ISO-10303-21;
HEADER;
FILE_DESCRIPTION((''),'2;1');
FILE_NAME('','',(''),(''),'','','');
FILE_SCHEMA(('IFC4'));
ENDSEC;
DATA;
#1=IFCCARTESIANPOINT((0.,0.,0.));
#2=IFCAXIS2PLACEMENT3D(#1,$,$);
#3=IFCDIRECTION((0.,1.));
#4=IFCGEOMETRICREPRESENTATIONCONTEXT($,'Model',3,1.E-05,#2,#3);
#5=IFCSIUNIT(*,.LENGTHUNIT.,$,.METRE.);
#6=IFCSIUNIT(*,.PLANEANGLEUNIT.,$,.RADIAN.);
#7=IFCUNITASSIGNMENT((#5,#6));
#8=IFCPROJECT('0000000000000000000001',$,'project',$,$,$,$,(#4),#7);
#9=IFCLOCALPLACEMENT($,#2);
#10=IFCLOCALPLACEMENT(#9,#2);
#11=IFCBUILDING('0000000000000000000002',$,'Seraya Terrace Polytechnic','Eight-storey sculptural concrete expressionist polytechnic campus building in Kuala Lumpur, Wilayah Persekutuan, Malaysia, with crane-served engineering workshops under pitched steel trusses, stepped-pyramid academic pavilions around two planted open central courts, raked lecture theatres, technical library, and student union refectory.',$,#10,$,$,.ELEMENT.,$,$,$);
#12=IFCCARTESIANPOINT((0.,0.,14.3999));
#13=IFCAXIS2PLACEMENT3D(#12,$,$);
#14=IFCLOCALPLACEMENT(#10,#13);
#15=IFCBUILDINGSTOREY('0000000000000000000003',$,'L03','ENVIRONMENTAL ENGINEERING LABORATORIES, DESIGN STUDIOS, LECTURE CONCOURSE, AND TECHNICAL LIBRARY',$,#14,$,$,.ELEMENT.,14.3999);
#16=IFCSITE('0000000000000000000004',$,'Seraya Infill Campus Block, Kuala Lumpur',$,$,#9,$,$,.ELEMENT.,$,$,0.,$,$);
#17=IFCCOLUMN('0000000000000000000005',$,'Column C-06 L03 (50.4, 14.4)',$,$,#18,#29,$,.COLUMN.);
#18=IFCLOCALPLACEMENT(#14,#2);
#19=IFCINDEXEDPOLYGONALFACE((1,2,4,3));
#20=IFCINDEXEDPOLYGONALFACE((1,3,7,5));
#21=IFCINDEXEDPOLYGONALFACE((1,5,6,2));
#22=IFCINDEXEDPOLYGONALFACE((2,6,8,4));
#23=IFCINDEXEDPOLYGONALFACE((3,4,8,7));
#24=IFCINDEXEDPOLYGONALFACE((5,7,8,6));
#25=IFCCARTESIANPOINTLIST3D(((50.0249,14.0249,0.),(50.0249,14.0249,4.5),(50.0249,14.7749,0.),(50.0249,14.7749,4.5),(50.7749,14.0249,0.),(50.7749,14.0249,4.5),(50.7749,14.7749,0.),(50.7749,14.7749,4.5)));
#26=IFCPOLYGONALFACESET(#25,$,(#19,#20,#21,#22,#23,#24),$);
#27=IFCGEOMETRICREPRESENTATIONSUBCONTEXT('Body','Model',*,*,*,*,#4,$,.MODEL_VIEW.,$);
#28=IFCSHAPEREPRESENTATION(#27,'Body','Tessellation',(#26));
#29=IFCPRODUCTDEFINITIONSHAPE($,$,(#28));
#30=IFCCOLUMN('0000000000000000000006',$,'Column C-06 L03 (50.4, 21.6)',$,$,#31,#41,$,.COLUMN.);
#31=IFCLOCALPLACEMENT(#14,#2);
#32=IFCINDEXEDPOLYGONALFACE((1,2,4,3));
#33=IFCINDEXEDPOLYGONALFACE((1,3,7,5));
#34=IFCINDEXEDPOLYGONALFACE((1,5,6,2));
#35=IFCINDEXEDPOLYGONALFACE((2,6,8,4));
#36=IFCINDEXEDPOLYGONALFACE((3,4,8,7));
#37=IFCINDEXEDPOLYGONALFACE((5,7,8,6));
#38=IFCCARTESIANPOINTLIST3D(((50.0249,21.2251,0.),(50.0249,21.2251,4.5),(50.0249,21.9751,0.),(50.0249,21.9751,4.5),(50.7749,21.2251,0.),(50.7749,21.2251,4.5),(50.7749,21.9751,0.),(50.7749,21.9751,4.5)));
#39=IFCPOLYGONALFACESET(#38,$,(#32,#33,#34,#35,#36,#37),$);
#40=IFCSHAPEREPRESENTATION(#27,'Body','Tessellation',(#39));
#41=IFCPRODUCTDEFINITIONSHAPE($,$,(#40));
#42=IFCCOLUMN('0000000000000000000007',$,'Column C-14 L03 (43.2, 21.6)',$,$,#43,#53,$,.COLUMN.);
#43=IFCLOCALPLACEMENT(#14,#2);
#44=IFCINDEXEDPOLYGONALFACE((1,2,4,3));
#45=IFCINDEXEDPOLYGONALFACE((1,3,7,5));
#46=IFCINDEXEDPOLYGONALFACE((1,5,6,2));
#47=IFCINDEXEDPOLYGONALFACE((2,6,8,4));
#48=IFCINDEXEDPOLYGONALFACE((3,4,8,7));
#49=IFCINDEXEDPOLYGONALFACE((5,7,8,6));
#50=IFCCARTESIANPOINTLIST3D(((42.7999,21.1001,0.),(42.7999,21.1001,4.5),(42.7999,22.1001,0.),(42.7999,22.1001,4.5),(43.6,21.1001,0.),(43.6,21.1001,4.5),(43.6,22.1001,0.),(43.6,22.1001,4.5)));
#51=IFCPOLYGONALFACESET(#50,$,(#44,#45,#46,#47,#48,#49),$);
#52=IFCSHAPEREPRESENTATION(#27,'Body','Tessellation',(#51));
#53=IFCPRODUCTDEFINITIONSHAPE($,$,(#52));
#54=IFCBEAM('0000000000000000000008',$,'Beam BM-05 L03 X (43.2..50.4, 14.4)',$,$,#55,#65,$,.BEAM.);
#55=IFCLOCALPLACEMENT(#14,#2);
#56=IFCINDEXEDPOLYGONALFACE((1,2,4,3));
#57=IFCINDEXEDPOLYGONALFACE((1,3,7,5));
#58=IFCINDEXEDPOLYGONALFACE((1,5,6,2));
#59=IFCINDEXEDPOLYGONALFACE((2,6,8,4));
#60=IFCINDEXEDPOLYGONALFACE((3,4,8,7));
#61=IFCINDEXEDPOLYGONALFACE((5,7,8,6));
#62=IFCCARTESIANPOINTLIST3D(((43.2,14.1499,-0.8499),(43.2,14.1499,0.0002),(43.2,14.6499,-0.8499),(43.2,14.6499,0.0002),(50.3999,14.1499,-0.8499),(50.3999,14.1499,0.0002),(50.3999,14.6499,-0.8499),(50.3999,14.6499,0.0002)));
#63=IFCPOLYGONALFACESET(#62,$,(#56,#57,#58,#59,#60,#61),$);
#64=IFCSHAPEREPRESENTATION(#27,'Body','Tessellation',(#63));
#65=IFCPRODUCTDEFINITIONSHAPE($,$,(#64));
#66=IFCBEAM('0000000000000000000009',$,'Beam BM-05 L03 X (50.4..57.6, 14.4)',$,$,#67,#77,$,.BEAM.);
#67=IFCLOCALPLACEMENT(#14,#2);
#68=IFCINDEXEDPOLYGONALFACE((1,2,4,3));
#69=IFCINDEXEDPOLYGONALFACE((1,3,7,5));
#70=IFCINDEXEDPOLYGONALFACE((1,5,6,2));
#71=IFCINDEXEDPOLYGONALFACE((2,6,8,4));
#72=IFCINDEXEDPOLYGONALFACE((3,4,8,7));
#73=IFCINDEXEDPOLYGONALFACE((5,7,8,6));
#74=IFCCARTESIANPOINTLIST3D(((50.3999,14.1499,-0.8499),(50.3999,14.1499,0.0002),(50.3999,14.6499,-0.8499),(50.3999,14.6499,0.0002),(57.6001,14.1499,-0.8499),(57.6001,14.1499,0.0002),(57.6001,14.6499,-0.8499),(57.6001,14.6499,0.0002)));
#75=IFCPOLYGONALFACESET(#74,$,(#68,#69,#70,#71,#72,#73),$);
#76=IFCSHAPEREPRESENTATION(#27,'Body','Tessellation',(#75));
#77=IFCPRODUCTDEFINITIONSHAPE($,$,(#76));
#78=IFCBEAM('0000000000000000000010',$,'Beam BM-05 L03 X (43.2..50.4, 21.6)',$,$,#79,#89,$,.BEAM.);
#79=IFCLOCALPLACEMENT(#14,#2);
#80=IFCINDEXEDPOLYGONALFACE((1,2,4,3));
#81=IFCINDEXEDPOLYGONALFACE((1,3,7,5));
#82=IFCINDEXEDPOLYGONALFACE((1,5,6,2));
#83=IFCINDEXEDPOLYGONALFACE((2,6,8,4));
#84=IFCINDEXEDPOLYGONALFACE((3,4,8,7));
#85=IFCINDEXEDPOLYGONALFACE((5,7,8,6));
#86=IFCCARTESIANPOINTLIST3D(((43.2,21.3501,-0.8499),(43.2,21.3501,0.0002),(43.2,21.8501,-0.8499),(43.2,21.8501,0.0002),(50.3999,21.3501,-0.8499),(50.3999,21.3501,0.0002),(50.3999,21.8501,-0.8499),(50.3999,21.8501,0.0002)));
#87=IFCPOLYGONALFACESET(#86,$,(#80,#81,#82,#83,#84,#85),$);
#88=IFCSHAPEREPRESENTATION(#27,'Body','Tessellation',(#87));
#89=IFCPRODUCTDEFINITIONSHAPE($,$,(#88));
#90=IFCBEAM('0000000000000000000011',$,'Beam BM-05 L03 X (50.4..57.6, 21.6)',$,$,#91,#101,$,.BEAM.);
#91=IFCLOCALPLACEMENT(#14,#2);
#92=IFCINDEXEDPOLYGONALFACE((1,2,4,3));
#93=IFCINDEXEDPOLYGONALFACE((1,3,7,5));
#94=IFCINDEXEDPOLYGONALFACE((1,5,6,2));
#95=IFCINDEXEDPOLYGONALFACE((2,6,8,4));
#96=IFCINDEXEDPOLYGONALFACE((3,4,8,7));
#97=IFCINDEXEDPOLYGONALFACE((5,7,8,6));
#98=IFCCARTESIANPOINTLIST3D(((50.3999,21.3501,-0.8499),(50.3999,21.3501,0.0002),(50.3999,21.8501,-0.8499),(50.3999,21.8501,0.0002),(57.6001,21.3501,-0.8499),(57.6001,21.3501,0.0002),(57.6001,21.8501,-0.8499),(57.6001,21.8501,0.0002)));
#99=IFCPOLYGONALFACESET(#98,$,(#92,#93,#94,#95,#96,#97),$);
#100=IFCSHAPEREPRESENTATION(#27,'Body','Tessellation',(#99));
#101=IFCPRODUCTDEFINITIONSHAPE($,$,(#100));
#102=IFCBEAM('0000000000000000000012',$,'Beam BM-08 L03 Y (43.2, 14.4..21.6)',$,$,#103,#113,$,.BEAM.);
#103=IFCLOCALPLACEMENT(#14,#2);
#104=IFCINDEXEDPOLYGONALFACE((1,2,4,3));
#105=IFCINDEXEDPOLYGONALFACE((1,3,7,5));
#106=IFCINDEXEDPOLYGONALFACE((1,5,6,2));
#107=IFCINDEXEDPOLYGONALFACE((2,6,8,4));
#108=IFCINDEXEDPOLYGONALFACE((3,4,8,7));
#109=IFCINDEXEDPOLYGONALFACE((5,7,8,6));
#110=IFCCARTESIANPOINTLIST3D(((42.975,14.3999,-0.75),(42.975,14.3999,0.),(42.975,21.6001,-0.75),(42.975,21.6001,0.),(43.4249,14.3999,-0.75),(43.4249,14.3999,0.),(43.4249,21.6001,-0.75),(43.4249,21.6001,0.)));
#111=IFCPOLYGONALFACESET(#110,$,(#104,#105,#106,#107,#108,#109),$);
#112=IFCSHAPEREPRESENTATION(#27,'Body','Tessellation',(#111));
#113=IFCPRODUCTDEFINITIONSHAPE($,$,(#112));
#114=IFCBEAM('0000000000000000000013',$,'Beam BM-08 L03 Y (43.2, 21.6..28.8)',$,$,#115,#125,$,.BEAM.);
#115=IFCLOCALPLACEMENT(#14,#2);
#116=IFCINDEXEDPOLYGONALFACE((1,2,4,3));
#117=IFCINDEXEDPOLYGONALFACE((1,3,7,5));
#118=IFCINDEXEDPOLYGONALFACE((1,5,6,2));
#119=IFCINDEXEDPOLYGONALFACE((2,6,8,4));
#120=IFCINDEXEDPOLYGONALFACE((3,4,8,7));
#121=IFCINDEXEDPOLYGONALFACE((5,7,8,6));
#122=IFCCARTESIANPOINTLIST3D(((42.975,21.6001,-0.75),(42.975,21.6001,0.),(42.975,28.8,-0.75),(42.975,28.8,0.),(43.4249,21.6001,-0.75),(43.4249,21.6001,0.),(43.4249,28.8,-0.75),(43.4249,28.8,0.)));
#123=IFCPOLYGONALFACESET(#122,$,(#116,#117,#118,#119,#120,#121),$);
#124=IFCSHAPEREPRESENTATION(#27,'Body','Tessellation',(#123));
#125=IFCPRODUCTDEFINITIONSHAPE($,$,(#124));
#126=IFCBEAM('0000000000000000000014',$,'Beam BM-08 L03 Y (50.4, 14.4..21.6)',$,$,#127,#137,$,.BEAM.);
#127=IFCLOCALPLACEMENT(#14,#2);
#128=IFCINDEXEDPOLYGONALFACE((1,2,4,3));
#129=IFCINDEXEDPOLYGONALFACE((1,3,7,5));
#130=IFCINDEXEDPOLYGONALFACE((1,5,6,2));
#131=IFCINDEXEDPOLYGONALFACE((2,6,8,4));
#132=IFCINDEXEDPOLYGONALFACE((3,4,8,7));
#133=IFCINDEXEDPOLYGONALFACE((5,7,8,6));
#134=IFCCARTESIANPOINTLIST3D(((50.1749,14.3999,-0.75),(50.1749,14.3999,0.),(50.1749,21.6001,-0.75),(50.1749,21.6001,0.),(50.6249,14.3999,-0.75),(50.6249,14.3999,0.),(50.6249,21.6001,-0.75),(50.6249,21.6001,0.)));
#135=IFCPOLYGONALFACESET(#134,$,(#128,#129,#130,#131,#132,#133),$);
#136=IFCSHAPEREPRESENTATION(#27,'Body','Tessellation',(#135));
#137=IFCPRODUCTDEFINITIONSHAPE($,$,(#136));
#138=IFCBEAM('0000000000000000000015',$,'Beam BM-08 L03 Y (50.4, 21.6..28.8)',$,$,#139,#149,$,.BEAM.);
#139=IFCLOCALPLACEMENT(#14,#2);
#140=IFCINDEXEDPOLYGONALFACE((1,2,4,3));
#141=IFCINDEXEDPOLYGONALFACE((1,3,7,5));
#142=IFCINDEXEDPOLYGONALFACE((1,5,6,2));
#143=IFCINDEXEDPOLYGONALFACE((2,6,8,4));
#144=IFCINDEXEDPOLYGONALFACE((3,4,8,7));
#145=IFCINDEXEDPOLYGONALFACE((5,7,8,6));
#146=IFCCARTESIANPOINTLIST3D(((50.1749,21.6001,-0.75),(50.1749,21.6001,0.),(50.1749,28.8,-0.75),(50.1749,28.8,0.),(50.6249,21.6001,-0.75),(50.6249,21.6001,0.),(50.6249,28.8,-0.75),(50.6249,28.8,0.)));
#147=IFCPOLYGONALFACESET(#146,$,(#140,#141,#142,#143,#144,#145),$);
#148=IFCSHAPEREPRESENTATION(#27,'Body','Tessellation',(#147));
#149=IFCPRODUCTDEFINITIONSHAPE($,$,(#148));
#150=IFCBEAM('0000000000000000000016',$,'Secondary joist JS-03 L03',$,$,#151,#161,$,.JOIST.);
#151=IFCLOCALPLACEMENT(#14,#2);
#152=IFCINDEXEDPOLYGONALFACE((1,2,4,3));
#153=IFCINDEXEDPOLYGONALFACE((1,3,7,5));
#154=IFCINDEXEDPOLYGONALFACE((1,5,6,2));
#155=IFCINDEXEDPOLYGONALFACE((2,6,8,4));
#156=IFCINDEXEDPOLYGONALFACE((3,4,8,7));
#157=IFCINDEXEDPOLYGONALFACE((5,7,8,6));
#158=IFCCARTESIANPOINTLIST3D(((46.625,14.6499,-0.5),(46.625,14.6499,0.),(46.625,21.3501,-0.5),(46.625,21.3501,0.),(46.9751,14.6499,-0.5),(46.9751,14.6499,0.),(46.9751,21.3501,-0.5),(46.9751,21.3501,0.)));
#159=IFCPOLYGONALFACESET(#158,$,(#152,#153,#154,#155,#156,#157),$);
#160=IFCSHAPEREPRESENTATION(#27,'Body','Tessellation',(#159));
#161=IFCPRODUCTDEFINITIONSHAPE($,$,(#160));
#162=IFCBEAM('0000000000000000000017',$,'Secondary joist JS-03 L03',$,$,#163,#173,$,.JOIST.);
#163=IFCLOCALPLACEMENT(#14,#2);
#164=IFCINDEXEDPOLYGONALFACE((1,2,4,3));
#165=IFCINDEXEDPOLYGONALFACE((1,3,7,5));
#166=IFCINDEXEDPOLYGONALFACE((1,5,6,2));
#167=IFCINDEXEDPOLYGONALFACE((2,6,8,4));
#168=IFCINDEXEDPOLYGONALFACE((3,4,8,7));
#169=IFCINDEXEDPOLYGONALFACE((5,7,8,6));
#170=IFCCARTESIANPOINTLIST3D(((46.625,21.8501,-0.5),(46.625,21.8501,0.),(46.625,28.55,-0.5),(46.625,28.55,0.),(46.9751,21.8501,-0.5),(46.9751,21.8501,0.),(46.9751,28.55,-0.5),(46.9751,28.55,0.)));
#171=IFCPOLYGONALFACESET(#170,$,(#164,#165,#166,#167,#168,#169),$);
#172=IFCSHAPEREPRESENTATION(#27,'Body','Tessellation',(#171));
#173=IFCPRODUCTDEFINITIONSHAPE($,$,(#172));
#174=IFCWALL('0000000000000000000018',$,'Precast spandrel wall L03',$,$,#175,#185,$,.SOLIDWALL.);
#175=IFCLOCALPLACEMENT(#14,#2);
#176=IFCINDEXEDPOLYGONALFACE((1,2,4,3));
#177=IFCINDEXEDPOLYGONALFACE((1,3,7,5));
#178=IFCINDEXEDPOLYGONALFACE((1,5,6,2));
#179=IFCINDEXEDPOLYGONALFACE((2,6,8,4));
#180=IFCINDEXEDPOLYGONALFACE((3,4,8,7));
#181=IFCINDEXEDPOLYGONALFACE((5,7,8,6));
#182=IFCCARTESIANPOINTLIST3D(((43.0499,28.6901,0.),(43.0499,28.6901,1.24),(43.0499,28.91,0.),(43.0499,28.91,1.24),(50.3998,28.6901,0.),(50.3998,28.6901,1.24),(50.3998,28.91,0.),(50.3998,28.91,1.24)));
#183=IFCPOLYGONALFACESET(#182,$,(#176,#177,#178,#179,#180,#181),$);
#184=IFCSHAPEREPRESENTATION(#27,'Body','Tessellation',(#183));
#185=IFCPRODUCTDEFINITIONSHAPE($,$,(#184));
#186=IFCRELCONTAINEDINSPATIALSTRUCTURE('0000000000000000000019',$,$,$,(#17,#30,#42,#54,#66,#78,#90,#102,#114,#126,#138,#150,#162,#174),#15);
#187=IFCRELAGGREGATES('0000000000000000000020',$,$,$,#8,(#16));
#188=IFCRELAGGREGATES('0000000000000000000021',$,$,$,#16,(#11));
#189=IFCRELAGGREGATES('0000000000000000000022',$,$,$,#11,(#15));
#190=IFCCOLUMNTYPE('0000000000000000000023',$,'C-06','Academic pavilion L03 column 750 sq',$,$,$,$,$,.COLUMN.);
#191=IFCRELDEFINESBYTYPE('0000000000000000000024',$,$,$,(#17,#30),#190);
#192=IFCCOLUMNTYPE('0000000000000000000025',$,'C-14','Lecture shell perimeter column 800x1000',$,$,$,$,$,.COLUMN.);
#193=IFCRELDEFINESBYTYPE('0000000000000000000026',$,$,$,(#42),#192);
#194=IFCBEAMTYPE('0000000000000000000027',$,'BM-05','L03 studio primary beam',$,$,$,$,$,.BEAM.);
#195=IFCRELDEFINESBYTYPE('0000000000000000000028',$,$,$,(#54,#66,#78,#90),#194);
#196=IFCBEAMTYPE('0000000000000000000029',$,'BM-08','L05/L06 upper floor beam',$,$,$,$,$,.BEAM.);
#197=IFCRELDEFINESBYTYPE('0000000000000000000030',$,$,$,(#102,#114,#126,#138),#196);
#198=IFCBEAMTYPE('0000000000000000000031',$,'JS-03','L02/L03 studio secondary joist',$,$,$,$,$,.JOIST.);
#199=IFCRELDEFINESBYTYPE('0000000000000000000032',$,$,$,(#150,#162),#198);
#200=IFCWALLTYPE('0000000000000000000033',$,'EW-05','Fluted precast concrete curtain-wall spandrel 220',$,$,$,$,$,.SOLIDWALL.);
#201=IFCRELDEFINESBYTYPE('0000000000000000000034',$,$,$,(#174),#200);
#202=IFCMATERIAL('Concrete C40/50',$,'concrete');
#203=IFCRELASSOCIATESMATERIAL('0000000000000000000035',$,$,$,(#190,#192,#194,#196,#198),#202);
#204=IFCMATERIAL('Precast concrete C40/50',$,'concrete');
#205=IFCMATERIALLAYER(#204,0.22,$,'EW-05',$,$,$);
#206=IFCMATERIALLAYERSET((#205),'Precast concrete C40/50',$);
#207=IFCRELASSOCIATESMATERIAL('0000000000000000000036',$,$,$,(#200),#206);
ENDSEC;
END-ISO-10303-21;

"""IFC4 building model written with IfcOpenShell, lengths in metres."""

from ifc_helpers import new_model, si_unit, direction, frame, frame_2d, origin, origin_2d, place, context, subcontext, project, spatial, rectangle, extrude, material, layer, layer_set, material_profile, profile_set, type_object, element, save


model = new_model("IFC4")

# Units and contexts
model_context = context("Model", 3, precision=1e-05, world=origin(), true_north=direction((0.0, 1.0)))
body_context = subcontext(model_context, "Body", "Model", "MODEL_VIEW")
ifc_project = project(units=[si_unit("LENGTHUNIT", "METRE"), si_unit("PLANEANGLEUNIT", "RADIAN")], contexts=[model_context])

# Site, building, storey
site_placement = place(None, origin())
site = spatial("IfcSite", under=ifc_project, at=site_placement, Name="Seraya Infill Campus Block, Kuala Lumpur", CompositionType="ELEMENT", RefElevation=0.0)
building_placement = place(site_placement, origin())
building = spatial("IfcBuilding", under=site, at=building_placement, Name="Seraya Terrace Polytechnic", Description="Eight-storey sculptural concrete expressionist polytechnic campus building in Kuala Lumpur, Wilayah Persekutuan, Malaysia, with crane-served engineering workshops under pitched steel trusses, stepped-pyramid academic pavilions around two planted open central courts, raked lecture theatres, technical library, and student union refectory.", CompositionType="ELEMENT")
storey_placement = place(building_placement, frame((0.0, 0.0, 14.3999)))
storey = spatial("IfcBuildingStorey", under=building, at=storey_placement, Name="L03", Description="ENVIRONMENTAL ENGINEERING LABORATORIES, DESIGN STUDIOS, LECTURE CONCOURSE, AND TECHNICAL LIBRARY", CompositionType="ELEMENT", Elevation=14.3999)

# Columns
ifc_material_1 = material(Name="Concrete C40/50", Category="concrete")
ifc_material_profile_1 = material_profile(ifc_material_1, rectangle(XDim=0.75, YDim=0.75, at=origin_2d()), Name="RC 750x750")
ifc_profile_set_1 = profile_set([ifc_material_profile_1], Name="Concrete C40/50")
column_type_1 = type_object("IfcColumnType", Name="C-06", Description="Academic pavilion L03 column 750 sq", PredefinedType="COLUMN", material=ifc_profile_set_1)
for number, where, z_axis, x_axis, name in (
    (1, (50.3999, 14.3999, 0.0), (0.0, 0.0, 1.0), (1.0, 0.0, 0.0), "Column C-06 L03 (50.4, 14.4)"),
    (2, (50.3999, 21.6001, 0.0), (0.0, 0.0, 1.0), (1.0, 0.0, 0.0), "Column C-06 L03 (50.4, 21.6)"),
):
    element("IfcColumn", number, at=place(storey_placement, frame(where, z_axis=z_axis, x_axis=x_axis)), inside=storey, type_object=column_type_1, Name=name, PredefinedType="COLUMN", context=body_context, shape_type="SweptSolid", body=[
        extrude(rectangle(XDim=0.75, YDim=0.75, at=origin_2d()), origin(), (0.0, 0.0, 1.0), 4.5),
    ])
ifc_material_profile_2 = material_profile(ifc_material_1, rectangle(XDim=0.8, YDim=1.0, at=origin_2d()), Name="RC 800x1000")
ifc_profile_set_2 = profile_set([ifc_material_profile_2], Name="Concrete C40/50")
column_type_2 = type_object("IfcColumnType", Name="C-14", Description="Lecture shell perimeter column 800x1000", PredefinedType="COLUMN", material=ifc_profile_set_2)
column_placement = place(storey_placement, frame((43.2, 21.6001, 0.0), z_axis=(0.0, 0.0, 1.0), x_axis=(1.0, 0.0, 0.0)))
element("IfcColumn", 3, at=column_placement, inside=storey, type_object=column_type_2, Name="Column C-14 L03 (43.2, 21.6)", PredefinedType="COLUMN", context=body_context, shape_type="SweptSolid", body=[
    extrude(rectangle(XDim=0.8, YDim=1.0, at=origin_2d()), origin(), (0.0, 0.0, 1.0), 4.5),
])

# Beams
ifc_material_profile_3 = material_profile(ifc_material_1, rectangle(XDim=0.5, YDim=0.8501, at=origin_2d()), Name="RC 500x850")
ifc_profile_set_3 = profile_set([ifc_material_profile_3], Name="Concrete C40/50")
beam_type_1 = type_object("IfcBeamType", Name="BM-05", Description="L03 studio primary beam", PredefinedType="BEAM", material=ifc_profile_set_3)
beam_1_placement = place(storey_placement, frame((43.2, 14.3999, -0.4248), z_axis=(1.0, 0.0, 0.0), x_axis=(0.0, 1.0, 0.0)))
element("IfcBeam", 4, at=beam_1_placement, inside=storey, type_object=beam_type_1, Name="Beam BM-05 L03 X (43.2..50.4, 14.4)", PredefinedType="BEAM", context=body_context, shape_type="SweptSolid", body=[
    extrude(rectangle(XDim=0.5, YDim=0.8501, at=origin_2d()), origin(), (0.0, 0.0, 1.0), 7.2),
])
beam_2_placement = place(storey_placement, frame((50.3999, 14.3999, -0.4248), z_axis=(1.0, 0.0, 0.0), x_axis=(0.0, 1.0, 0.0)))
element("IfcBeam", 5, at=beam_2_placement, inside=storey, type_object=beam_type_1, Name="Beam BM-05 L03 X (50.4..57.6, 14.4)", PredefinedType="BEAM", context=body_context, shape_type="SweptSolid", body=[
    extrude(rectangle(XDim=0.5, YDim=0.8501, at=origin_2d()), origin(), (0.0, 0.0, 1.0), 7.2002),
])
beam_3_placement = place(storey_placement, frame((43.2, 21.6001, -0.4248), z_axis=(1.0, 0.0, 0.0), x_axis=(0.0, 1.0, 0.0)))
element("IfcBeam", 6, at=beam_3_placement, inside=storey, type_object=beam_type_1, Name="Beam BM-05 L03 X (43.2..50.4, 21.6)", PredefinedType="BEAM", context=body_context, shape_type="SweptSolid", body=[
    extrude(rectangle(XDim=0.5, YDim=0.8501, at=origin_2d()), origin(), (0.0, 0.0, 1.0), 7.2),
])
beam_4_placement = place(storey_placement, frame((50.3999, 21.6001, -0.4248), z_axis=(1.0, 0.0, 0.0), x_axis=(0.0, 1.0, 0.0)))
element("IfcBeam", 7, at=beam_4_placement, inside=storey, type_object=beam_type_1, Name="Beam BM-05 L03 X (50.4..57.6, 21.6)", PredefinedType="BEAM", context=body_context, shape_type="SweptSolid", body=[
    extrude(rectangle(XDim=0.5, YDim=0.8501, at=origin_2d()), origin(), (0.0, 0.0, 1.0), 7.2002),
])
ifc_material_profile_4 = material_profile(ifc_material_1, rectangle(XDim=0.45, YDim=0.75, at=origin_2d()), Name="RC 450x750")
ifc_profile_set_4 = profile_set([ifc_material_profile_4], Name="Concrete C40/50")
beam_type_2 = type_object("IfcBeamType", Name="BM-08", Description="L05/L06 upper floor beam", PredefinedType="BEAM", material=ifc_profile_set_4)
beam_5_placement = place(storey_placement, frame((43.2, 14.3999, -0.375), z_axis=(0.0, 1.0, 0.0), x_axis=(-1.0, 0.0, 0.0)))
element("IfcBeam", 8, at=beam_5_placement, inside=storey, type_object=beam_type_2, Name="Beam BM-08 L03 Y (43.2, 14.4..21.6)", PredefinedType="BEAM", context=body_context, shape_type="SweptSolid", body=[
    extrude(rectangle(XDim=0.45, YDim=0.75, at=origin_2d()), origin(), (0.0, 0.0, 1.0), 7.2002),
])
beam_6_placement = place(storey_placement, frame((43.2, 21.6001, -0.375), z_axis=(0.0, 1.0, 0.0), x_axis=(-1.0, 0.0, 0.0)))
element("IfcBeam", 9, at=beam_6_placement, inside=storey, type_object=beam_type_2, Name="Beam BM-08 L03 Y (43.2, 21.6..28.8)", PredefinedType="BEAM", context=body_context, shape_type="SweptSolid", body=[
    extrude(rectangle(XDim=0.45, YDim=0.75, at=origin_2d()), origin(), (0.0, 0.0, 1.0), 7.2),
])
beam_7_placement = place(storey_placement, frame((50.3999, 14.3999, -0.375), z_axis=(0.0, 1.0, 0.0), x_axis=(-1.0, 0.0, 0.0)))
element("IfcBeam", 10, at=beam_7_placement, inside=storey, type_object=beam_type_2, Name="Beam BM-08 L03 Y (50.4, 14.4..21.6)", PredefinedType="BEAM", context=body_context, shape_type="SweptSolid", body=[
    extrude(rectangle(XDim=0.45, YDim=0.75, at=origin_2d()), origin(), (0.0, 0.0, 1.0), 7.2002),
])
beam_8_placement = place(storey_placement, frame((50.3999, 21.6001, -0.375), z_axis=(0.0, 1.0, 0.0), x_axis=(-1.0, 0.0, 0.0)))
element("IfcBeam", 11, at=beam_8_placement, inside=storey, type_object=beam_type_2, Name="Beam BM-08 L03 Y (50.4, 21.6..28.8)", PredefinedType="BEAM", context=body_context, shape_type="SweptSolid", body=[
    extrude(rectangle(XDim=0.45, YDim=0.75, at=origin_2d()), origin(), (0.0, 0.0, 1.0), 7.2),
])
ifc_material_profile_5 = material_profile(ifc_material_1, rectangle(XDim=0.3501, YDim=0.5, at=origin_2d()), Name="RC 350x500")
ifc_profile_set_5 = profile_set([ifc_material_profile_5], Name="Concrete C40/50")
beam_type_3 = type_object("IfcBeamType", Name="JS-03", Description="L02/L03 studio secondary joist", PredefinedType="JOIST", material=ifc_profile_set_5)
beam_9_placement = place(storey_placement, frame((46.8, 14.6499, -0.25), z_axis=(0.0, 1.0, 0.0), x_axis=(-1.0, 0.0, 0.0)))
element("IfcBeam", 12, at=beam_9_placement, inside=storey, type_object=beam_type_3, Name="Secondary joist JS-03 L03", PredefinedType="JOIST", context=body_context, shape_type="SweptSolid", body=[
    extrude(rectangle(XDim=0.3501, YDim=0.5, at=origin_2d()), origin(), (0.0, 0.0, 1.0), 6.7002),
])
beam_10_placement = place(storey_placement, frame((46.8, 21.8501, -0.25), z_axis=(0.0, 1.0, 0.0), x_axis=(-1.0, 0.0, 0.0)))
element("IfcBeam", 13, at=beam_10_placement, inside=storey, type_object=beam_type_3, Name="Secondary joist JS-03 L03", PredefinedType="JOIST", context=body_context, shape_type="SweptSolid", body=[
    extrude(rectangle(XDim=0.3501, YDim=0.5, at=origin_2d()), origin(), (0.0, 0.0, 1.0), 6.7),
])

# Wall
ifc_material_2 = material(Name="Precast concrete C40/50", Category="concrete")
ifc_layer_1 = layer(ifc_material_2, 0.22, Name="EW-05")
ifc_layer_set_1 = layer_set([ifc_layer_1], Name="Precast concrete C40/50")
wall_type_1 = type_object("IfcWallType", Name="EW-05", Description="Fluted precast concrete curtain-wall spandrel 220", PredefinedType="SOLIDWALL", material=ifc_layer_set_1)
wall_1_placement = place(storey_placement, frame((43.05, 28.8, 0.0), z_axis=(0.0, 0.0, 1.0), x_axis=(1.0, 0.0, 0.0)))
element("IfcWall", 14, at=wall_1_placement, inside=storey, type_object=wall_type_1, Name="Precast spandrel wall L03", PredefinedType="SOLIDWALL", context=body_context, shape_type="SweptSolid", body=[
    extrude(rectangle(XDim=7.3499, YDim=0.22, at=frame_2d((3.6748, 0.0))), origin(), (0.0, 0.0, 1.0), 1.24),
])

save(model, "model.ifc")
